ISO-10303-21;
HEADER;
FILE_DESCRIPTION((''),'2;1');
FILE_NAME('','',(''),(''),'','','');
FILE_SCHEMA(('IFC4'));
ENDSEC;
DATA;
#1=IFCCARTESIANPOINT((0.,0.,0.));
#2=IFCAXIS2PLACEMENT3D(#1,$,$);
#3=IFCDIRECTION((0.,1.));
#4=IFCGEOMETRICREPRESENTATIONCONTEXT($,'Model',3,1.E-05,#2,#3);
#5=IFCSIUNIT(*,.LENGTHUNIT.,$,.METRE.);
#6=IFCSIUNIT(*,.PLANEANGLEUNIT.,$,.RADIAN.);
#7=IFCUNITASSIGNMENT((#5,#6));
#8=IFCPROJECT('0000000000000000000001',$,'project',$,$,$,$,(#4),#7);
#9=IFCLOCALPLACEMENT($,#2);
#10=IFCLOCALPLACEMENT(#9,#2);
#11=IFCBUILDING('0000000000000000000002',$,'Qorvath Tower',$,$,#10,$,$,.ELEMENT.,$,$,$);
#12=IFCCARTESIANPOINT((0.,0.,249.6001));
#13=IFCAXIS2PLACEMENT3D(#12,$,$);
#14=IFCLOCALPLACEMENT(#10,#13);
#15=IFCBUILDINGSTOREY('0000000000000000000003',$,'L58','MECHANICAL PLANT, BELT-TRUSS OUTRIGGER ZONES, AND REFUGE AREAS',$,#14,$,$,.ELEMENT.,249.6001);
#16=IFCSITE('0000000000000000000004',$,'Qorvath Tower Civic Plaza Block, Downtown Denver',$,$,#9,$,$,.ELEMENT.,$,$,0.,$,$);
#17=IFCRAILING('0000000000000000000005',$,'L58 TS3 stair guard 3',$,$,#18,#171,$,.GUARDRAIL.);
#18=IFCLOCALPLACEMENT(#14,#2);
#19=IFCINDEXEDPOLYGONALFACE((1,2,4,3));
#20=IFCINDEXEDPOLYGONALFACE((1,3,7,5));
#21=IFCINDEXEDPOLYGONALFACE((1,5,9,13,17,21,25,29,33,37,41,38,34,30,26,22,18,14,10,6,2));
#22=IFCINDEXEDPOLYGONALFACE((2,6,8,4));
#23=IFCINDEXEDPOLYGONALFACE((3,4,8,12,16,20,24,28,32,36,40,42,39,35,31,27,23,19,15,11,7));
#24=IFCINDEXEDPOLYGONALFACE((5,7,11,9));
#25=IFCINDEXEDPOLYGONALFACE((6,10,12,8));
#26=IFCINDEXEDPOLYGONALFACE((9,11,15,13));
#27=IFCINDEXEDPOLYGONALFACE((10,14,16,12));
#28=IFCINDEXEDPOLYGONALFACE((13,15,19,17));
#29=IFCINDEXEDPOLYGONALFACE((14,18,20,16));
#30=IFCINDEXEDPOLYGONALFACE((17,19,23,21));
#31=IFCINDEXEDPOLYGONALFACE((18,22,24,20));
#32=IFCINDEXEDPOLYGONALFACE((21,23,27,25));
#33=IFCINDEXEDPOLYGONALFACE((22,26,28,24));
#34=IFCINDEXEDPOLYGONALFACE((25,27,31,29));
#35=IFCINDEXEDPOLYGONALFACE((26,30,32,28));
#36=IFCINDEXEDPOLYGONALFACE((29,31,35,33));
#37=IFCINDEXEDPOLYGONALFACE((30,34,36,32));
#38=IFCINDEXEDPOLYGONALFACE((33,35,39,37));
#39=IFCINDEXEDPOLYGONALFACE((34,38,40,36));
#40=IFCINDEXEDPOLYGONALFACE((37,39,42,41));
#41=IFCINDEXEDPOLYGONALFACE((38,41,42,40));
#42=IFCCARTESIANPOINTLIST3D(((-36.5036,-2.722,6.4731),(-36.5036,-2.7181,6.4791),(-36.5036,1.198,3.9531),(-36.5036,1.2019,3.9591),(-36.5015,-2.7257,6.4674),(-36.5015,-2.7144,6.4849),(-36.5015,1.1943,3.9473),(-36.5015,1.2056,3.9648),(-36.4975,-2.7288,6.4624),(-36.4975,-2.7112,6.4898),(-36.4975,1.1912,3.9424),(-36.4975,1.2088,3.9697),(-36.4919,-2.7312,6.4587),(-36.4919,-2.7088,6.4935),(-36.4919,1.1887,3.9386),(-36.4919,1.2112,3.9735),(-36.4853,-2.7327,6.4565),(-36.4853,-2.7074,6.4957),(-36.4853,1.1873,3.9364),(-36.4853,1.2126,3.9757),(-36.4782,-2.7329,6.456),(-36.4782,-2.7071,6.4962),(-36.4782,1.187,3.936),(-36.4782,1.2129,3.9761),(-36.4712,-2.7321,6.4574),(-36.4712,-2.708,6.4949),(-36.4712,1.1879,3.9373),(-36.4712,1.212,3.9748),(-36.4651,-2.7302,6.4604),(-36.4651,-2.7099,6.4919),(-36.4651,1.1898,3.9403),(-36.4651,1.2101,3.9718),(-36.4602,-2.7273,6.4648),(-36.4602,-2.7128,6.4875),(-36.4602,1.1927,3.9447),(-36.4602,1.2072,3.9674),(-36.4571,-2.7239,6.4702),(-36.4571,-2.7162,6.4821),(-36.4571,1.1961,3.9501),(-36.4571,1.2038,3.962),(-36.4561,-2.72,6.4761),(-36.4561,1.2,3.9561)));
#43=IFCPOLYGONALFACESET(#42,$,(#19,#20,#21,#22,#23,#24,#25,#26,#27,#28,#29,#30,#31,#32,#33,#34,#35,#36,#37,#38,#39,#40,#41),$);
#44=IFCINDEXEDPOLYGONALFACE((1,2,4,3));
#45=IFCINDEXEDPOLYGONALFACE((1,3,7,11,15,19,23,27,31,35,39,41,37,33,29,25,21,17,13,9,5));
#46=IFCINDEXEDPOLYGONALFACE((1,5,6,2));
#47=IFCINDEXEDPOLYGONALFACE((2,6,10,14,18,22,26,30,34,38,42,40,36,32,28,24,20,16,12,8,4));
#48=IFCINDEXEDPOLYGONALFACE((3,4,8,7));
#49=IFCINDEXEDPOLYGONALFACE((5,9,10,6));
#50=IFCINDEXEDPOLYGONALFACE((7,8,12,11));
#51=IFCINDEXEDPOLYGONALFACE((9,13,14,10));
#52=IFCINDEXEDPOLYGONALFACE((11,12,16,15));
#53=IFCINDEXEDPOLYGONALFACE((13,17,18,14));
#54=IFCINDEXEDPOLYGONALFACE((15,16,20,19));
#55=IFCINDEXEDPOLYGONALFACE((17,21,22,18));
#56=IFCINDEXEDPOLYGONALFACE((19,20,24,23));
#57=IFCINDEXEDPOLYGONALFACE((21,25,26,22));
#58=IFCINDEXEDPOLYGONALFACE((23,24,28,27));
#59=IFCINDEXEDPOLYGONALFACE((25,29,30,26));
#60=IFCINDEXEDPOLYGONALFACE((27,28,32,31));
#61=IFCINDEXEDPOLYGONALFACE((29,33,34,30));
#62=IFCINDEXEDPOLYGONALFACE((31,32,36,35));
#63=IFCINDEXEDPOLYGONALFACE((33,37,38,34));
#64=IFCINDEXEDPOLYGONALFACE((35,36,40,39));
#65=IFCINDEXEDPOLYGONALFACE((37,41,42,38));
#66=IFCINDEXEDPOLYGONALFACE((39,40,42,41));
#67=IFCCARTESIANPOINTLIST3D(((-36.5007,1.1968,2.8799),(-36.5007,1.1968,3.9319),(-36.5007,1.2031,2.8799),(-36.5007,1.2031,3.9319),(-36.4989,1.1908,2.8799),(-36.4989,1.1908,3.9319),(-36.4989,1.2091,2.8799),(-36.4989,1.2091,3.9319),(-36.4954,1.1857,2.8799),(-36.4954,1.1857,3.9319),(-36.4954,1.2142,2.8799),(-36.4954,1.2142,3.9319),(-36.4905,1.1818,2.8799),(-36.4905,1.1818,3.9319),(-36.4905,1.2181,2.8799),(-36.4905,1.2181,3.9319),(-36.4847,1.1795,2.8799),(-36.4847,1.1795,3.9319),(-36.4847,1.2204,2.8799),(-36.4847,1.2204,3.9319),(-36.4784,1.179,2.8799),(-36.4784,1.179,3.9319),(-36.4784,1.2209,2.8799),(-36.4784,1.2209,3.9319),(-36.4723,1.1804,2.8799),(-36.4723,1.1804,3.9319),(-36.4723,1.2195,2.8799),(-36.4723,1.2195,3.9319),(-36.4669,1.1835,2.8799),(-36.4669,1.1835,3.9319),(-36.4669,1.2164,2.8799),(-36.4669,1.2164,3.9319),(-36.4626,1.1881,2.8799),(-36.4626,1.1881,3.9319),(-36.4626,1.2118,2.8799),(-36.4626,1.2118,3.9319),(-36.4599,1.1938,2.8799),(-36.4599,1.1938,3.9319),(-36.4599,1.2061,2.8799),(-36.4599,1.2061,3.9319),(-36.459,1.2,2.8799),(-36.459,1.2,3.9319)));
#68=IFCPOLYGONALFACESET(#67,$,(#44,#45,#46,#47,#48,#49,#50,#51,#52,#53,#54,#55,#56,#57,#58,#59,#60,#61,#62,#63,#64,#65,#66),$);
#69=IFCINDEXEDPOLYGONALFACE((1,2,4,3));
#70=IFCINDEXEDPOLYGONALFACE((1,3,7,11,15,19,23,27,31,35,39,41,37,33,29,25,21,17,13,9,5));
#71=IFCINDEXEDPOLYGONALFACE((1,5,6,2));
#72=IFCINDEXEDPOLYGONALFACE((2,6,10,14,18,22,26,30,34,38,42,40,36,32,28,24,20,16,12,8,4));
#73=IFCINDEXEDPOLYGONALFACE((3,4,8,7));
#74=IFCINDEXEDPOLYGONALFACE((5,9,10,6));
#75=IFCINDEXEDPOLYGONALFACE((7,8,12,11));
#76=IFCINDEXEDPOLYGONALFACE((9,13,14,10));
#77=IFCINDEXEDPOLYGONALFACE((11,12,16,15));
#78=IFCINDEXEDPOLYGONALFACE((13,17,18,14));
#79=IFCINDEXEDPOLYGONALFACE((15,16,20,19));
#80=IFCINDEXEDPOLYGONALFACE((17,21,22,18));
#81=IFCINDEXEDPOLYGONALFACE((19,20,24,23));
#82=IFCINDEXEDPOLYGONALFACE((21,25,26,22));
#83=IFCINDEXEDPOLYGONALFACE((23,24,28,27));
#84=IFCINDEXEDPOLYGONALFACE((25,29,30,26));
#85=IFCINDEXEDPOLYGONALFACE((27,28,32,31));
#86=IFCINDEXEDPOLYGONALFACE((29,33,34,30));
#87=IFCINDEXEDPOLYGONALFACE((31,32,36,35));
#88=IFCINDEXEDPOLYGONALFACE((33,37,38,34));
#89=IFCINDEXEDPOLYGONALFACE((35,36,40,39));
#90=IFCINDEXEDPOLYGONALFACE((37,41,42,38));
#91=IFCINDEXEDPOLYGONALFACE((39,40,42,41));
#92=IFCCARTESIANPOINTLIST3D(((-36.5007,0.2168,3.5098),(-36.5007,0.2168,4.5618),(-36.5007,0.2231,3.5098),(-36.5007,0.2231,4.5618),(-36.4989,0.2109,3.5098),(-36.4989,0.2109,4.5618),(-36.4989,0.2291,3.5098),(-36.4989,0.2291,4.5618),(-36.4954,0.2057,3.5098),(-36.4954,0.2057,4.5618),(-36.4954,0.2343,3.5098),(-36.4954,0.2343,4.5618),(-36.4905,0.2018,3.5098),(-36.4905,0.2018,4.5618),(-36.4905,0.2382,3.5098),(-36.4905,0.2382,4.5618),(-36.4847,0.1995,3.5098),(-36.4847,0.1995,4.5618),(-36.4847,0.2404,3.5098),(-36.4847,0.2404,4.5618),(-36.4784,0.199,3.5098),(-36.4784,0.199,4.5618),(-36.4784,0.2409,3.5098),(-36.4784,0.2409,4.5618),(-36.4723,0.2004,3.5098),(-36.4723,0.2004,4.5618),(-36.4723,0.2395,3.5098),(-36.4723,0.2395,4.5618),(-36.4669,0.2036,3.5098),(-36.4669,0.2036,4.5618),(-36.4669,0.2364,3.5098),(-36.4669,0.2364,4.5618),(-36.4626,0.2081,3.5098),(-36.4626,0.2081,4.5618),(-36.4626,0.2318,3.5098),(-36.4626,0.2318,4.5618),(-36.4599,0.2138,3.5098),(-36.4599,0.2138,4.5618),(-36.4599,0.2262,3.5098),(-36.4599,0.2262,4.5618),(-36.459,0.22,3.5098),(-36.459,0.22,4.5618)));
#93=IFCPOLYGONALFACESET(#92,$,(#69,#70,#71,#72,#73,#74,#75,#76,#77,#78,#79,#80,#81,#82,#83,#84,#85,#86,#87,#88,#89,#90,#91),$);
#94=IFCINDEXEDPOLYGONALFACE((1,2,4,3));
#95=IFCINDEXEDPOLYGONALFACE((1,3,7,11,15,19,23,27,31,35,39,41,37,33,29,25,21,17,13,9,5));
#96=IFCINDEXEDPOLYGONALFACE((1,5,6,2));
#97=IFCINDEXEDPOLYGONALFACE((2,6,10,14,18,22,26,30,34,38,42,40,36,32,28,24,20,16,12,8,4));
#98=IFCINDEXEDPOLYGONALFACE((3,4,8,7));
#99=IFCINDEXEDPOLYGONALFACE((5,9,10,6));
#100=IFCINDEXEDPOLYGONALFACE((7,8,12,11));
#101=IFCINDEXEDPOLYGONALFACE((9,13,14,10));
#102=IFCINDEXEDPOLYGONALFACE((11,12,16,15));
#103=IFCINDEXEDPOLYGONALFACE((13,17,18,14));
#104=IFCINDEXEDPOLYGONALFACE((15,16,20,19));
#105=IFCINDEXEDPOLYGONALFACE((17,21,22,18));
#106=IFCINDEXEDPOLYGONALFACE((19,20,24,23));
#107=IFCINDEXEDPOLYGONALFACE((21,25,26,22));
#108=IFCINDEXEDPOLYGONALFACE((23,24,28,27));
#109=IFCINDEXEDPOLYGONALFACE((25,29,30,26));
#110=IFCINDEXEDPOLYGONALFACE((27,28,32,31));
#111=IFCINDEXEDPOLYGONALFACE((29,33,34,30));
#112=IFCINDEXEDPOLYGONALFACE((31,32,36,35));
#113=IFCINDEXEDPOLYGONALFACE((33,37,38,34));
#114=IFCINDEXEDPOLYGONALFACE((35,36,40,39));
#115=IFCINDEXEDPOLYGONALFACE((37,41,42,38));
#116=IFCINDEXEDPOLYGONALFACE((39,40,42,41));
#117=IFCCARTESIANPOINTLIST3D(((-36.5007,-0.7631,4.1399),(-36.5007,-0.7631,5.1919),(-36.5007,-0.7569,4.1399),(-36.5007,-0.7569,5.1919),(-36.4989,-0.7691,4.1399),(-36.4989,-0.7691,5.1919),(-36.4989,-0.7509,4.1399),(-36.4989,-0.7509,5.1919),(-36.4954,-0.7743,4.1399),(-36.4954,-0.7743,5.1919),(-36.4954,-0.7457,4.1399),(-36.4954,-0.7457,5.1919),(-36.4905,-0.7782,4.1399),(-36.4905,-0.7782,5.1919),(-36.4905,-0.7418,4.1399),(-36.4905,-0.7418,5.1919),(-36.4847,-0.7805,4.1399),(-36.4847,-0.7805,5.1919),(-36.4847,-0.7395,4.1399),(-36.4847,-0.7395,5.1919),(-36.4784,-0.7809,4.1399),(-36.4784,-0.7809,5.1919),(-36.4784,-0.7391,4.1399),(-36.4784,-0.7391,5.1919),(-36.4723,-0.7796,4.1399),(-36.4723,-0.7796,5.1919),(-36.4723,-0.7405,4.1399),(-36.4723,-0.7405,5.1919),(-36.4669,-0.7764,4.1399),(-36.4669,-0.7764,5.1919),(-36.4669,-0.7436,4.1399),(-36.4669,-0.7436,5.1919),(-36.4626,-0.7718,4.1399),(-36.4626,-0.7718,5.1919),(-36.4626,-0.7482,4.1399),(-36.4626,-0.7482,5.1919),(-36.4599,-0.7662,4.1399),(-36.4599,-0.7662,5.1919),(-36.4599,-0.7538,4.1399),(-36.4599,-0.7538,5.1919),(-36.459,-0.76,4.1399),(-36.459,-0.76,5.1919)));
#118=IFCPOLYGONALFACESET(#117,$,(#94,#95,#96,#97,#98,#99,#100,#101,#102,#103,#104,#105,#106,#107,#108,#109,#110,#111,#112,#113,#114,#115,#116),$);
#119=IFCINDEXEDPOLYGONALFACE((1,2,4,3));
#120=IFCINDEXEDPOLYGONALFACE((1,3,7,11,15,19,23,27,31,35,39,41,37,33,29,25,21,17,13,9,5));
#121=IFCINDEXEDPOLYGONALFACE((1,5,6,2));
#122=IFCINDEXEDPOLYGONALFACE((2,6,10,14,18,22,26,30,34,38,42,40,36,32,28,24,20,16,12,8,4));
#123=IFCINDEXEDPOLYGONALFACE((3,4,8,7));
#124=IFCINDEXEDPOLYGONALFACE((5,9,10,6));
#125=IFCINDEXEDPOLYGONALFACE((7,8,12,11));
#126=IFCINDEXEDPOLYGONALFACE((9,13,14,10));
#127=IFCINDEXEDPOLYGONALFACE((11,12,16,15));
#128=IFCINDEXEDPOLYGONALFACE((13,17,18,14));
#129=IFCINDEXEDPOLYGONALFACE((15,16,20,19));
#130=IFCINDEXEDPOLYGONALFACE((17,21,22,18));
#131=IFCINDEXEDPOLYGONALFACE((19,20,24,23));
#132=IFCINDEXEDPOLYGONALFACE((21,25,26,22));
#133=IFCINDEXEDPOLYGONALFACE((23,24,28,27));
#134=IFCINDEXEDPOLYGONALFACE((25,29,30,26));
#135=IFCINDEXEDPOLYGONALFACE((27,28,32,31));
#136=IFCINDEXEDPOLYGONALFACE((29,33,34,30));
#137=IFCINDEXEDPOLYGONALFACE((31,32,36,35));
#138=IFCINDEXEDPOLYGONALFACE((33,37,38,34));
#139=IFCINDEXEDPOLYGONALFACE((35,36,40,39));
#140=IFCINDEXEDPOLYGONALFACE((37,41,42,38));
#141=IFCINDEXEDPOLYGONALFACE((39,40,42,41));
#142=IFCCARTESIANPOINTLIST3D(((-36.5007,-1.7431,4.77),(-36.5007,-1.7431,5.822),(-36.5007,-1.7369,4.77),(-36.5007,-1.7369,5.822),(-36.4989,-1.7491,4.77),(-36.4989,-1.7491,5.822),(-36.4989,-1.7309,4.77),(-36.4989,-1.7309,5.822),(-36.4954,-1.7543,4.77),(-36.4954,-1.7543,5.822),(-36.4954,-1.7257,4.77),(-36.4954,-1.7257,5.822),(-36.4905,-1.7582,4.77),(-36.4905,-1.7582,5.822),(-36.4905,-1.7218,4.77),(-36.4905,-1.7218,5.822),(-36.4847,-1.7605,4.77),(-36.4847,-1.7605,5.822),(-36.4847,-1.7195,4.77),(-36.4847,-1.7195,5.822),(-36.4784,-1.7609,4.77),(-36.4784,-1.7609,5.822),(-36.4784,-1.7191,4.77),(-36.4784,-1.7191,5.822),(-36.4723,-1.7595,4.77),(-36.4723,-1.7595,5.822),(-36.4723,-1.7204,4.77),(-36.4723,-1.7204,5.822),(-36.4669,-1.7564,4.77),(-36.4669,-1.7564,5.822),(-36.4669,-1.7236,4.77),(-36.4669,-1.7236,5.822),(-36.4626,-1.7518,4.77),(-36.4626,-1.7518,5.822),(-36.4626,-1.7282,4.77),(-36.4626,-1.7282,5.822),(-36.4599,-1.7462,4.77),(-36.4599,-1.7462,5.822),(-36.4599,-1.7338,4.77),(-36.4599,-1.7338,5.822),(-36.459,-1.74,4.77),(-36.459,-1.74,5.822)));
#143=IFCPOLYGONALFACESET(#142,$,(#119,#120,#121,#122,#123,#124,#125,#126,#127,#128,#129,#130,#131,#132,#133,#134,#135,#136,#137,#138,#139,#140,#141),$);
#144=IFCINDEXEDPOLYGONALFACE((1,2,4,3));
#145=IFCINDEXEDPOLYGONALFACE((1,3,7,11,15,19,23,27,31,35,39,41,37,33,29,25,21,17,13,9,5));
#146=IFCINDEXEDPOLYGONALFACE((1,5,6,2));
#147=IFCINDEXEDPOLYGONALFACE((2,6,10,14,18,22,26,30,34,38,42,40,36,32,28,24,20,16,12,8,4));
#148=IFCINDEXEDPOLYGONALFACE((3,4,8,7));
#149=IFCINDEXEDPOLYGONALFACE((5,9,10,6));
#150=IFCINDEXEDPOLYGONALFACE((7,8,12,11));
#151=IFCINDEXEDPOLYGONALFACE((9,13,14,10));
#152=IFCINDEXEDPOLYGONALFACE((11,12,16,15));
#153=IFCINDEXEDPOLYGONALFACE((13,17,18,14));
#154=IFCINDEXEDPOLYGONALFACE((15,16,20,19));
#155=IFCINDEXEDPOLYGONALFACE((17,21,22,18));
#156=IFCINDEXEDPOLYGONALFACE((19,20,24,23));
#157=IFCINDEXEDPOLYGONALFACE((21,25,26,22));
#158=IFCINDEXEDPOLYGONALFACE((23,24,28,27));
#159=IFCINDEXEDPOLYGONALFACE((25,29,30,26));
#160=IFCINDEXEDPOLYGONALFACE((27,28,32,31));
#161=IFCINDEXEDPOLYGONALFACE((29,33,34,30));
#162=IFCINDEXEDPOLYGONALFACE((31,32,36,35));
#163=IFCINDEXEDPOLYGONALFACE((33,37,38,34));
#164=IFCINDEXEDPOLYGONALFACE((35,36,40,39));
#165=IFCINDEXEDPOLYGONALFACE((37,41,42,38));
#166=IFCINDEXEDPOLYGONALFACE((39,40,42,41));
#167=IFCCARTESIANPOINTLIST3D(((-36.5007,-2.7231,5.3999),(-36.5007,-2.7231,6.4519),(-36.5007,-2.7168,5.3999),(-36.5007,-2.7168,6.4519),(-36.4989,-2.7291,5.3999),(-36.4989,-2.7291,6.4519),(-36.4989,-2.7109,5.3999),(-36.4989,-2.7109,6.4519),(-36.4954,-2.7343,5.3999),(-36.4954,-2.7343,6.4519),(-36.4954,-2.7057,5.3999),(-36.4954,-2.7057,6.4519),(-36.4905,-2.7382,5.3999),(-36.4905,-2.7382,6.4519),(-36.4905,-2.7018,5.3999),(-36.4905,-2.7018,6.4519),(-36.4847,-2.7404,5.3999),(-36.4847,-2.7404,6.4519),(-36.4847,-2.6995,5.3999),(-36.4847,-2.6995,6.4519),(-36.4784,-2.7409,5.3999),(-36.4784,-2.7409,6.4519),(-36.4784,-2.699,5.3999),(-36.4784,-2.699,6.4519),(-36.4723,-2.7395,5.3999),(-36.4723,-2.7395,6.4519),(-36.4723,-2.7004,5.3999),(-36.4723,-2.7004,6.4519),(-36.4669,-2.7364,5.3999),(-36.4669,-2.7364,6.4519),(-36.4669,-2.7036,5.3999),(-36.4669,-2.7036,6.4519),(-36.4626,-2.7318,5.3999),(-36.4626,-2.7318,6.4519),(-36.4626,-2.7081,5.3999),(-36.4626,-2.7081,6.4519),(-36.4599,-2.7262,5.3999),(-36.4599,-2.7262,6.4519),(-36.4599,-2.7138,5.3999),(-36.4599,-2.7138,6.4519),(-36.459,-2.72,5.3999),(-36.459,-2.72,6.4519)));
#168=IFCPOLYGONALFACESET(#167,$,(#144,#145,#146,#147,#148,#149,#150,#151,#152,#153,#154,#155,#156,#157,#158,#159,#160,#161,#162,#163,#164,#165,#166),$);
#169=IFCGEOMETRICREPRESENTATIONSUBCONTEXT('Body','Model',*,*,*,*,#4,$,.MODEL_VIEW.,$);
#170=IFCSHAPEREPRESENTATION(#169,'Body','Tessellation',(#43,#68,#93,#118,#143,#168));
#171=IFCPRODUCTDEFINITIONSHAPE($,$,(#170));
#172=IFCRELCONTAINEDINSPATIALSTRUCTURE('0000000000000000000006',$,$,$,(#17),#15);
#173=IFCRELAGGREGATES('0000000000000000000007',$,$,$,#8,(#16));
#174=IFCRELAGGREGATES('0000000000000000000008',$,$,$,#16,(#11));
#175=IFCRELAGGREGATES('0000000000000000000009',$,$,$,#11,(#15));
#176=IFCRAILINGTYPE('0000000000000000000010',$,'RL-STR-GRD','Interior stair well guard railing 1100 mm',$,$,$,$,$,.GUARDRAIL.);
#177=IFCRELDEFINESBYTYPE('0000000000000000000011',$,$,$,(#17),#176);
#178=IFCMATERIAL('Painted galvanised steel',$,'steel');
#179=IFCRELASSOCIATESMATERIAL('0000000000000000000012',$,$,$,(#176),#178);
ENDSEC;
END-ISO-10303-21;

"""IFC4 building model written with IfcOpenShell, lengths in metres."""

from ifc_helpers import new_model, si_unit, direction, frame, origin, origin_2d, place, context, subcontext, project, spatial, circle, extrude, material, type_object, element, save


model = new_model("IFC4")

# Units and contexts
model_context = context("Model", 3, precision=1e-05, world=origin(), true_north=direction((0.0, 1.0)))
body_context = subcontext(model_context, "Body", "Model", "MODEL_VIEW")
ifc_project = project(units=[si_unit("LENGTHUNIT", "METRE"), si_unit("PLANEANGLEUNIT", "RADIAN")], contexts=[model_context])

# Site, building, storey
site_placement = place(None, origin())
site = spatial("IfcSite", under=ifc_project, at=site_placement, Name="Qorvath Tower Civic Plaza Block, Downtown Denver", CompositionType="ELEMENT", RefElevation=0.0)
building_placement = place(site_placement, origin())
building = spatial("IfcBuilding", under=site, at=building_placement, Name="Qorvath Tower", CompositionType="ELEMENT")
storey_placement = place(building_placement, frame((0.0, 0.0, 249.6001)))
storey = spatial("IfcBuildingStorey", under=building, at=storey_placement, Name="L58", Description="MECHANICAL PLANT, BELT-TRUSS OUTRIGGER ZONES, AND REFUGE AREAS", CompositionType="ELEMENT", Elevation=249.6001)

# Railing
ifc_material_1 = material(Name="Painted galvanised steel", Category="steel")
railing_type_1 = type_object("IfcRailingType", Name="RL-STR-GRD", Description="Interior stair well guard railing 1100 mm", PredefinedType="GUARDRAIL", material=ifc_material_1)
railing_1_placement = place(storey_placement, frame((-36.48, 1.2, 2.8799)))
element("IfcRailing", 1, at=railing_1_placement, inside=storey, type_object=railing_type_1, Name="L58 TS3 stair guard 3", PredefinedType="GUARDRAIL", context=body_context, shape_type="SweptSolid", body=[
    extrude(circle(Radius=0.0239, at=origin_2d()), frame((0.0, 0.0, 1.0762), z_axis=(0.0, -0.841172, 0.540768), x_axis=(1.0, 0.0, 0.0)), (0.0, 0.0, 1.0), 4.6602),
    extrude(circle(Radius=0.021, at=origin_2d()), origin(), (0.0, 0.0, 1.0), 1.052),
    extrude(circle(Radius=0.021, at=origin_2d()), frame((0.0, -0.98, 0.6299)), (0.0, 0.0, 1.0), 1.052),
    extrude(circle(Radius=0.021, at=origin_2d()), frame((0.0, -1.96, 1.26)), (0.0, 0.0, 1.0), 1.052),
    extrude(circle(Radius=0.021, at=origin_2d()), frame((0.0, -2.9399, 1.8901)), (0.0, 0.0, 1.0), 1.052),
    extrude(circle(Radius=0.021, at=origin_2d()), frame((0.0, -3.9199, 2.52)), (0.0, 0.0, 1.0), 1.052),
])

save(model, "model.ifc")
